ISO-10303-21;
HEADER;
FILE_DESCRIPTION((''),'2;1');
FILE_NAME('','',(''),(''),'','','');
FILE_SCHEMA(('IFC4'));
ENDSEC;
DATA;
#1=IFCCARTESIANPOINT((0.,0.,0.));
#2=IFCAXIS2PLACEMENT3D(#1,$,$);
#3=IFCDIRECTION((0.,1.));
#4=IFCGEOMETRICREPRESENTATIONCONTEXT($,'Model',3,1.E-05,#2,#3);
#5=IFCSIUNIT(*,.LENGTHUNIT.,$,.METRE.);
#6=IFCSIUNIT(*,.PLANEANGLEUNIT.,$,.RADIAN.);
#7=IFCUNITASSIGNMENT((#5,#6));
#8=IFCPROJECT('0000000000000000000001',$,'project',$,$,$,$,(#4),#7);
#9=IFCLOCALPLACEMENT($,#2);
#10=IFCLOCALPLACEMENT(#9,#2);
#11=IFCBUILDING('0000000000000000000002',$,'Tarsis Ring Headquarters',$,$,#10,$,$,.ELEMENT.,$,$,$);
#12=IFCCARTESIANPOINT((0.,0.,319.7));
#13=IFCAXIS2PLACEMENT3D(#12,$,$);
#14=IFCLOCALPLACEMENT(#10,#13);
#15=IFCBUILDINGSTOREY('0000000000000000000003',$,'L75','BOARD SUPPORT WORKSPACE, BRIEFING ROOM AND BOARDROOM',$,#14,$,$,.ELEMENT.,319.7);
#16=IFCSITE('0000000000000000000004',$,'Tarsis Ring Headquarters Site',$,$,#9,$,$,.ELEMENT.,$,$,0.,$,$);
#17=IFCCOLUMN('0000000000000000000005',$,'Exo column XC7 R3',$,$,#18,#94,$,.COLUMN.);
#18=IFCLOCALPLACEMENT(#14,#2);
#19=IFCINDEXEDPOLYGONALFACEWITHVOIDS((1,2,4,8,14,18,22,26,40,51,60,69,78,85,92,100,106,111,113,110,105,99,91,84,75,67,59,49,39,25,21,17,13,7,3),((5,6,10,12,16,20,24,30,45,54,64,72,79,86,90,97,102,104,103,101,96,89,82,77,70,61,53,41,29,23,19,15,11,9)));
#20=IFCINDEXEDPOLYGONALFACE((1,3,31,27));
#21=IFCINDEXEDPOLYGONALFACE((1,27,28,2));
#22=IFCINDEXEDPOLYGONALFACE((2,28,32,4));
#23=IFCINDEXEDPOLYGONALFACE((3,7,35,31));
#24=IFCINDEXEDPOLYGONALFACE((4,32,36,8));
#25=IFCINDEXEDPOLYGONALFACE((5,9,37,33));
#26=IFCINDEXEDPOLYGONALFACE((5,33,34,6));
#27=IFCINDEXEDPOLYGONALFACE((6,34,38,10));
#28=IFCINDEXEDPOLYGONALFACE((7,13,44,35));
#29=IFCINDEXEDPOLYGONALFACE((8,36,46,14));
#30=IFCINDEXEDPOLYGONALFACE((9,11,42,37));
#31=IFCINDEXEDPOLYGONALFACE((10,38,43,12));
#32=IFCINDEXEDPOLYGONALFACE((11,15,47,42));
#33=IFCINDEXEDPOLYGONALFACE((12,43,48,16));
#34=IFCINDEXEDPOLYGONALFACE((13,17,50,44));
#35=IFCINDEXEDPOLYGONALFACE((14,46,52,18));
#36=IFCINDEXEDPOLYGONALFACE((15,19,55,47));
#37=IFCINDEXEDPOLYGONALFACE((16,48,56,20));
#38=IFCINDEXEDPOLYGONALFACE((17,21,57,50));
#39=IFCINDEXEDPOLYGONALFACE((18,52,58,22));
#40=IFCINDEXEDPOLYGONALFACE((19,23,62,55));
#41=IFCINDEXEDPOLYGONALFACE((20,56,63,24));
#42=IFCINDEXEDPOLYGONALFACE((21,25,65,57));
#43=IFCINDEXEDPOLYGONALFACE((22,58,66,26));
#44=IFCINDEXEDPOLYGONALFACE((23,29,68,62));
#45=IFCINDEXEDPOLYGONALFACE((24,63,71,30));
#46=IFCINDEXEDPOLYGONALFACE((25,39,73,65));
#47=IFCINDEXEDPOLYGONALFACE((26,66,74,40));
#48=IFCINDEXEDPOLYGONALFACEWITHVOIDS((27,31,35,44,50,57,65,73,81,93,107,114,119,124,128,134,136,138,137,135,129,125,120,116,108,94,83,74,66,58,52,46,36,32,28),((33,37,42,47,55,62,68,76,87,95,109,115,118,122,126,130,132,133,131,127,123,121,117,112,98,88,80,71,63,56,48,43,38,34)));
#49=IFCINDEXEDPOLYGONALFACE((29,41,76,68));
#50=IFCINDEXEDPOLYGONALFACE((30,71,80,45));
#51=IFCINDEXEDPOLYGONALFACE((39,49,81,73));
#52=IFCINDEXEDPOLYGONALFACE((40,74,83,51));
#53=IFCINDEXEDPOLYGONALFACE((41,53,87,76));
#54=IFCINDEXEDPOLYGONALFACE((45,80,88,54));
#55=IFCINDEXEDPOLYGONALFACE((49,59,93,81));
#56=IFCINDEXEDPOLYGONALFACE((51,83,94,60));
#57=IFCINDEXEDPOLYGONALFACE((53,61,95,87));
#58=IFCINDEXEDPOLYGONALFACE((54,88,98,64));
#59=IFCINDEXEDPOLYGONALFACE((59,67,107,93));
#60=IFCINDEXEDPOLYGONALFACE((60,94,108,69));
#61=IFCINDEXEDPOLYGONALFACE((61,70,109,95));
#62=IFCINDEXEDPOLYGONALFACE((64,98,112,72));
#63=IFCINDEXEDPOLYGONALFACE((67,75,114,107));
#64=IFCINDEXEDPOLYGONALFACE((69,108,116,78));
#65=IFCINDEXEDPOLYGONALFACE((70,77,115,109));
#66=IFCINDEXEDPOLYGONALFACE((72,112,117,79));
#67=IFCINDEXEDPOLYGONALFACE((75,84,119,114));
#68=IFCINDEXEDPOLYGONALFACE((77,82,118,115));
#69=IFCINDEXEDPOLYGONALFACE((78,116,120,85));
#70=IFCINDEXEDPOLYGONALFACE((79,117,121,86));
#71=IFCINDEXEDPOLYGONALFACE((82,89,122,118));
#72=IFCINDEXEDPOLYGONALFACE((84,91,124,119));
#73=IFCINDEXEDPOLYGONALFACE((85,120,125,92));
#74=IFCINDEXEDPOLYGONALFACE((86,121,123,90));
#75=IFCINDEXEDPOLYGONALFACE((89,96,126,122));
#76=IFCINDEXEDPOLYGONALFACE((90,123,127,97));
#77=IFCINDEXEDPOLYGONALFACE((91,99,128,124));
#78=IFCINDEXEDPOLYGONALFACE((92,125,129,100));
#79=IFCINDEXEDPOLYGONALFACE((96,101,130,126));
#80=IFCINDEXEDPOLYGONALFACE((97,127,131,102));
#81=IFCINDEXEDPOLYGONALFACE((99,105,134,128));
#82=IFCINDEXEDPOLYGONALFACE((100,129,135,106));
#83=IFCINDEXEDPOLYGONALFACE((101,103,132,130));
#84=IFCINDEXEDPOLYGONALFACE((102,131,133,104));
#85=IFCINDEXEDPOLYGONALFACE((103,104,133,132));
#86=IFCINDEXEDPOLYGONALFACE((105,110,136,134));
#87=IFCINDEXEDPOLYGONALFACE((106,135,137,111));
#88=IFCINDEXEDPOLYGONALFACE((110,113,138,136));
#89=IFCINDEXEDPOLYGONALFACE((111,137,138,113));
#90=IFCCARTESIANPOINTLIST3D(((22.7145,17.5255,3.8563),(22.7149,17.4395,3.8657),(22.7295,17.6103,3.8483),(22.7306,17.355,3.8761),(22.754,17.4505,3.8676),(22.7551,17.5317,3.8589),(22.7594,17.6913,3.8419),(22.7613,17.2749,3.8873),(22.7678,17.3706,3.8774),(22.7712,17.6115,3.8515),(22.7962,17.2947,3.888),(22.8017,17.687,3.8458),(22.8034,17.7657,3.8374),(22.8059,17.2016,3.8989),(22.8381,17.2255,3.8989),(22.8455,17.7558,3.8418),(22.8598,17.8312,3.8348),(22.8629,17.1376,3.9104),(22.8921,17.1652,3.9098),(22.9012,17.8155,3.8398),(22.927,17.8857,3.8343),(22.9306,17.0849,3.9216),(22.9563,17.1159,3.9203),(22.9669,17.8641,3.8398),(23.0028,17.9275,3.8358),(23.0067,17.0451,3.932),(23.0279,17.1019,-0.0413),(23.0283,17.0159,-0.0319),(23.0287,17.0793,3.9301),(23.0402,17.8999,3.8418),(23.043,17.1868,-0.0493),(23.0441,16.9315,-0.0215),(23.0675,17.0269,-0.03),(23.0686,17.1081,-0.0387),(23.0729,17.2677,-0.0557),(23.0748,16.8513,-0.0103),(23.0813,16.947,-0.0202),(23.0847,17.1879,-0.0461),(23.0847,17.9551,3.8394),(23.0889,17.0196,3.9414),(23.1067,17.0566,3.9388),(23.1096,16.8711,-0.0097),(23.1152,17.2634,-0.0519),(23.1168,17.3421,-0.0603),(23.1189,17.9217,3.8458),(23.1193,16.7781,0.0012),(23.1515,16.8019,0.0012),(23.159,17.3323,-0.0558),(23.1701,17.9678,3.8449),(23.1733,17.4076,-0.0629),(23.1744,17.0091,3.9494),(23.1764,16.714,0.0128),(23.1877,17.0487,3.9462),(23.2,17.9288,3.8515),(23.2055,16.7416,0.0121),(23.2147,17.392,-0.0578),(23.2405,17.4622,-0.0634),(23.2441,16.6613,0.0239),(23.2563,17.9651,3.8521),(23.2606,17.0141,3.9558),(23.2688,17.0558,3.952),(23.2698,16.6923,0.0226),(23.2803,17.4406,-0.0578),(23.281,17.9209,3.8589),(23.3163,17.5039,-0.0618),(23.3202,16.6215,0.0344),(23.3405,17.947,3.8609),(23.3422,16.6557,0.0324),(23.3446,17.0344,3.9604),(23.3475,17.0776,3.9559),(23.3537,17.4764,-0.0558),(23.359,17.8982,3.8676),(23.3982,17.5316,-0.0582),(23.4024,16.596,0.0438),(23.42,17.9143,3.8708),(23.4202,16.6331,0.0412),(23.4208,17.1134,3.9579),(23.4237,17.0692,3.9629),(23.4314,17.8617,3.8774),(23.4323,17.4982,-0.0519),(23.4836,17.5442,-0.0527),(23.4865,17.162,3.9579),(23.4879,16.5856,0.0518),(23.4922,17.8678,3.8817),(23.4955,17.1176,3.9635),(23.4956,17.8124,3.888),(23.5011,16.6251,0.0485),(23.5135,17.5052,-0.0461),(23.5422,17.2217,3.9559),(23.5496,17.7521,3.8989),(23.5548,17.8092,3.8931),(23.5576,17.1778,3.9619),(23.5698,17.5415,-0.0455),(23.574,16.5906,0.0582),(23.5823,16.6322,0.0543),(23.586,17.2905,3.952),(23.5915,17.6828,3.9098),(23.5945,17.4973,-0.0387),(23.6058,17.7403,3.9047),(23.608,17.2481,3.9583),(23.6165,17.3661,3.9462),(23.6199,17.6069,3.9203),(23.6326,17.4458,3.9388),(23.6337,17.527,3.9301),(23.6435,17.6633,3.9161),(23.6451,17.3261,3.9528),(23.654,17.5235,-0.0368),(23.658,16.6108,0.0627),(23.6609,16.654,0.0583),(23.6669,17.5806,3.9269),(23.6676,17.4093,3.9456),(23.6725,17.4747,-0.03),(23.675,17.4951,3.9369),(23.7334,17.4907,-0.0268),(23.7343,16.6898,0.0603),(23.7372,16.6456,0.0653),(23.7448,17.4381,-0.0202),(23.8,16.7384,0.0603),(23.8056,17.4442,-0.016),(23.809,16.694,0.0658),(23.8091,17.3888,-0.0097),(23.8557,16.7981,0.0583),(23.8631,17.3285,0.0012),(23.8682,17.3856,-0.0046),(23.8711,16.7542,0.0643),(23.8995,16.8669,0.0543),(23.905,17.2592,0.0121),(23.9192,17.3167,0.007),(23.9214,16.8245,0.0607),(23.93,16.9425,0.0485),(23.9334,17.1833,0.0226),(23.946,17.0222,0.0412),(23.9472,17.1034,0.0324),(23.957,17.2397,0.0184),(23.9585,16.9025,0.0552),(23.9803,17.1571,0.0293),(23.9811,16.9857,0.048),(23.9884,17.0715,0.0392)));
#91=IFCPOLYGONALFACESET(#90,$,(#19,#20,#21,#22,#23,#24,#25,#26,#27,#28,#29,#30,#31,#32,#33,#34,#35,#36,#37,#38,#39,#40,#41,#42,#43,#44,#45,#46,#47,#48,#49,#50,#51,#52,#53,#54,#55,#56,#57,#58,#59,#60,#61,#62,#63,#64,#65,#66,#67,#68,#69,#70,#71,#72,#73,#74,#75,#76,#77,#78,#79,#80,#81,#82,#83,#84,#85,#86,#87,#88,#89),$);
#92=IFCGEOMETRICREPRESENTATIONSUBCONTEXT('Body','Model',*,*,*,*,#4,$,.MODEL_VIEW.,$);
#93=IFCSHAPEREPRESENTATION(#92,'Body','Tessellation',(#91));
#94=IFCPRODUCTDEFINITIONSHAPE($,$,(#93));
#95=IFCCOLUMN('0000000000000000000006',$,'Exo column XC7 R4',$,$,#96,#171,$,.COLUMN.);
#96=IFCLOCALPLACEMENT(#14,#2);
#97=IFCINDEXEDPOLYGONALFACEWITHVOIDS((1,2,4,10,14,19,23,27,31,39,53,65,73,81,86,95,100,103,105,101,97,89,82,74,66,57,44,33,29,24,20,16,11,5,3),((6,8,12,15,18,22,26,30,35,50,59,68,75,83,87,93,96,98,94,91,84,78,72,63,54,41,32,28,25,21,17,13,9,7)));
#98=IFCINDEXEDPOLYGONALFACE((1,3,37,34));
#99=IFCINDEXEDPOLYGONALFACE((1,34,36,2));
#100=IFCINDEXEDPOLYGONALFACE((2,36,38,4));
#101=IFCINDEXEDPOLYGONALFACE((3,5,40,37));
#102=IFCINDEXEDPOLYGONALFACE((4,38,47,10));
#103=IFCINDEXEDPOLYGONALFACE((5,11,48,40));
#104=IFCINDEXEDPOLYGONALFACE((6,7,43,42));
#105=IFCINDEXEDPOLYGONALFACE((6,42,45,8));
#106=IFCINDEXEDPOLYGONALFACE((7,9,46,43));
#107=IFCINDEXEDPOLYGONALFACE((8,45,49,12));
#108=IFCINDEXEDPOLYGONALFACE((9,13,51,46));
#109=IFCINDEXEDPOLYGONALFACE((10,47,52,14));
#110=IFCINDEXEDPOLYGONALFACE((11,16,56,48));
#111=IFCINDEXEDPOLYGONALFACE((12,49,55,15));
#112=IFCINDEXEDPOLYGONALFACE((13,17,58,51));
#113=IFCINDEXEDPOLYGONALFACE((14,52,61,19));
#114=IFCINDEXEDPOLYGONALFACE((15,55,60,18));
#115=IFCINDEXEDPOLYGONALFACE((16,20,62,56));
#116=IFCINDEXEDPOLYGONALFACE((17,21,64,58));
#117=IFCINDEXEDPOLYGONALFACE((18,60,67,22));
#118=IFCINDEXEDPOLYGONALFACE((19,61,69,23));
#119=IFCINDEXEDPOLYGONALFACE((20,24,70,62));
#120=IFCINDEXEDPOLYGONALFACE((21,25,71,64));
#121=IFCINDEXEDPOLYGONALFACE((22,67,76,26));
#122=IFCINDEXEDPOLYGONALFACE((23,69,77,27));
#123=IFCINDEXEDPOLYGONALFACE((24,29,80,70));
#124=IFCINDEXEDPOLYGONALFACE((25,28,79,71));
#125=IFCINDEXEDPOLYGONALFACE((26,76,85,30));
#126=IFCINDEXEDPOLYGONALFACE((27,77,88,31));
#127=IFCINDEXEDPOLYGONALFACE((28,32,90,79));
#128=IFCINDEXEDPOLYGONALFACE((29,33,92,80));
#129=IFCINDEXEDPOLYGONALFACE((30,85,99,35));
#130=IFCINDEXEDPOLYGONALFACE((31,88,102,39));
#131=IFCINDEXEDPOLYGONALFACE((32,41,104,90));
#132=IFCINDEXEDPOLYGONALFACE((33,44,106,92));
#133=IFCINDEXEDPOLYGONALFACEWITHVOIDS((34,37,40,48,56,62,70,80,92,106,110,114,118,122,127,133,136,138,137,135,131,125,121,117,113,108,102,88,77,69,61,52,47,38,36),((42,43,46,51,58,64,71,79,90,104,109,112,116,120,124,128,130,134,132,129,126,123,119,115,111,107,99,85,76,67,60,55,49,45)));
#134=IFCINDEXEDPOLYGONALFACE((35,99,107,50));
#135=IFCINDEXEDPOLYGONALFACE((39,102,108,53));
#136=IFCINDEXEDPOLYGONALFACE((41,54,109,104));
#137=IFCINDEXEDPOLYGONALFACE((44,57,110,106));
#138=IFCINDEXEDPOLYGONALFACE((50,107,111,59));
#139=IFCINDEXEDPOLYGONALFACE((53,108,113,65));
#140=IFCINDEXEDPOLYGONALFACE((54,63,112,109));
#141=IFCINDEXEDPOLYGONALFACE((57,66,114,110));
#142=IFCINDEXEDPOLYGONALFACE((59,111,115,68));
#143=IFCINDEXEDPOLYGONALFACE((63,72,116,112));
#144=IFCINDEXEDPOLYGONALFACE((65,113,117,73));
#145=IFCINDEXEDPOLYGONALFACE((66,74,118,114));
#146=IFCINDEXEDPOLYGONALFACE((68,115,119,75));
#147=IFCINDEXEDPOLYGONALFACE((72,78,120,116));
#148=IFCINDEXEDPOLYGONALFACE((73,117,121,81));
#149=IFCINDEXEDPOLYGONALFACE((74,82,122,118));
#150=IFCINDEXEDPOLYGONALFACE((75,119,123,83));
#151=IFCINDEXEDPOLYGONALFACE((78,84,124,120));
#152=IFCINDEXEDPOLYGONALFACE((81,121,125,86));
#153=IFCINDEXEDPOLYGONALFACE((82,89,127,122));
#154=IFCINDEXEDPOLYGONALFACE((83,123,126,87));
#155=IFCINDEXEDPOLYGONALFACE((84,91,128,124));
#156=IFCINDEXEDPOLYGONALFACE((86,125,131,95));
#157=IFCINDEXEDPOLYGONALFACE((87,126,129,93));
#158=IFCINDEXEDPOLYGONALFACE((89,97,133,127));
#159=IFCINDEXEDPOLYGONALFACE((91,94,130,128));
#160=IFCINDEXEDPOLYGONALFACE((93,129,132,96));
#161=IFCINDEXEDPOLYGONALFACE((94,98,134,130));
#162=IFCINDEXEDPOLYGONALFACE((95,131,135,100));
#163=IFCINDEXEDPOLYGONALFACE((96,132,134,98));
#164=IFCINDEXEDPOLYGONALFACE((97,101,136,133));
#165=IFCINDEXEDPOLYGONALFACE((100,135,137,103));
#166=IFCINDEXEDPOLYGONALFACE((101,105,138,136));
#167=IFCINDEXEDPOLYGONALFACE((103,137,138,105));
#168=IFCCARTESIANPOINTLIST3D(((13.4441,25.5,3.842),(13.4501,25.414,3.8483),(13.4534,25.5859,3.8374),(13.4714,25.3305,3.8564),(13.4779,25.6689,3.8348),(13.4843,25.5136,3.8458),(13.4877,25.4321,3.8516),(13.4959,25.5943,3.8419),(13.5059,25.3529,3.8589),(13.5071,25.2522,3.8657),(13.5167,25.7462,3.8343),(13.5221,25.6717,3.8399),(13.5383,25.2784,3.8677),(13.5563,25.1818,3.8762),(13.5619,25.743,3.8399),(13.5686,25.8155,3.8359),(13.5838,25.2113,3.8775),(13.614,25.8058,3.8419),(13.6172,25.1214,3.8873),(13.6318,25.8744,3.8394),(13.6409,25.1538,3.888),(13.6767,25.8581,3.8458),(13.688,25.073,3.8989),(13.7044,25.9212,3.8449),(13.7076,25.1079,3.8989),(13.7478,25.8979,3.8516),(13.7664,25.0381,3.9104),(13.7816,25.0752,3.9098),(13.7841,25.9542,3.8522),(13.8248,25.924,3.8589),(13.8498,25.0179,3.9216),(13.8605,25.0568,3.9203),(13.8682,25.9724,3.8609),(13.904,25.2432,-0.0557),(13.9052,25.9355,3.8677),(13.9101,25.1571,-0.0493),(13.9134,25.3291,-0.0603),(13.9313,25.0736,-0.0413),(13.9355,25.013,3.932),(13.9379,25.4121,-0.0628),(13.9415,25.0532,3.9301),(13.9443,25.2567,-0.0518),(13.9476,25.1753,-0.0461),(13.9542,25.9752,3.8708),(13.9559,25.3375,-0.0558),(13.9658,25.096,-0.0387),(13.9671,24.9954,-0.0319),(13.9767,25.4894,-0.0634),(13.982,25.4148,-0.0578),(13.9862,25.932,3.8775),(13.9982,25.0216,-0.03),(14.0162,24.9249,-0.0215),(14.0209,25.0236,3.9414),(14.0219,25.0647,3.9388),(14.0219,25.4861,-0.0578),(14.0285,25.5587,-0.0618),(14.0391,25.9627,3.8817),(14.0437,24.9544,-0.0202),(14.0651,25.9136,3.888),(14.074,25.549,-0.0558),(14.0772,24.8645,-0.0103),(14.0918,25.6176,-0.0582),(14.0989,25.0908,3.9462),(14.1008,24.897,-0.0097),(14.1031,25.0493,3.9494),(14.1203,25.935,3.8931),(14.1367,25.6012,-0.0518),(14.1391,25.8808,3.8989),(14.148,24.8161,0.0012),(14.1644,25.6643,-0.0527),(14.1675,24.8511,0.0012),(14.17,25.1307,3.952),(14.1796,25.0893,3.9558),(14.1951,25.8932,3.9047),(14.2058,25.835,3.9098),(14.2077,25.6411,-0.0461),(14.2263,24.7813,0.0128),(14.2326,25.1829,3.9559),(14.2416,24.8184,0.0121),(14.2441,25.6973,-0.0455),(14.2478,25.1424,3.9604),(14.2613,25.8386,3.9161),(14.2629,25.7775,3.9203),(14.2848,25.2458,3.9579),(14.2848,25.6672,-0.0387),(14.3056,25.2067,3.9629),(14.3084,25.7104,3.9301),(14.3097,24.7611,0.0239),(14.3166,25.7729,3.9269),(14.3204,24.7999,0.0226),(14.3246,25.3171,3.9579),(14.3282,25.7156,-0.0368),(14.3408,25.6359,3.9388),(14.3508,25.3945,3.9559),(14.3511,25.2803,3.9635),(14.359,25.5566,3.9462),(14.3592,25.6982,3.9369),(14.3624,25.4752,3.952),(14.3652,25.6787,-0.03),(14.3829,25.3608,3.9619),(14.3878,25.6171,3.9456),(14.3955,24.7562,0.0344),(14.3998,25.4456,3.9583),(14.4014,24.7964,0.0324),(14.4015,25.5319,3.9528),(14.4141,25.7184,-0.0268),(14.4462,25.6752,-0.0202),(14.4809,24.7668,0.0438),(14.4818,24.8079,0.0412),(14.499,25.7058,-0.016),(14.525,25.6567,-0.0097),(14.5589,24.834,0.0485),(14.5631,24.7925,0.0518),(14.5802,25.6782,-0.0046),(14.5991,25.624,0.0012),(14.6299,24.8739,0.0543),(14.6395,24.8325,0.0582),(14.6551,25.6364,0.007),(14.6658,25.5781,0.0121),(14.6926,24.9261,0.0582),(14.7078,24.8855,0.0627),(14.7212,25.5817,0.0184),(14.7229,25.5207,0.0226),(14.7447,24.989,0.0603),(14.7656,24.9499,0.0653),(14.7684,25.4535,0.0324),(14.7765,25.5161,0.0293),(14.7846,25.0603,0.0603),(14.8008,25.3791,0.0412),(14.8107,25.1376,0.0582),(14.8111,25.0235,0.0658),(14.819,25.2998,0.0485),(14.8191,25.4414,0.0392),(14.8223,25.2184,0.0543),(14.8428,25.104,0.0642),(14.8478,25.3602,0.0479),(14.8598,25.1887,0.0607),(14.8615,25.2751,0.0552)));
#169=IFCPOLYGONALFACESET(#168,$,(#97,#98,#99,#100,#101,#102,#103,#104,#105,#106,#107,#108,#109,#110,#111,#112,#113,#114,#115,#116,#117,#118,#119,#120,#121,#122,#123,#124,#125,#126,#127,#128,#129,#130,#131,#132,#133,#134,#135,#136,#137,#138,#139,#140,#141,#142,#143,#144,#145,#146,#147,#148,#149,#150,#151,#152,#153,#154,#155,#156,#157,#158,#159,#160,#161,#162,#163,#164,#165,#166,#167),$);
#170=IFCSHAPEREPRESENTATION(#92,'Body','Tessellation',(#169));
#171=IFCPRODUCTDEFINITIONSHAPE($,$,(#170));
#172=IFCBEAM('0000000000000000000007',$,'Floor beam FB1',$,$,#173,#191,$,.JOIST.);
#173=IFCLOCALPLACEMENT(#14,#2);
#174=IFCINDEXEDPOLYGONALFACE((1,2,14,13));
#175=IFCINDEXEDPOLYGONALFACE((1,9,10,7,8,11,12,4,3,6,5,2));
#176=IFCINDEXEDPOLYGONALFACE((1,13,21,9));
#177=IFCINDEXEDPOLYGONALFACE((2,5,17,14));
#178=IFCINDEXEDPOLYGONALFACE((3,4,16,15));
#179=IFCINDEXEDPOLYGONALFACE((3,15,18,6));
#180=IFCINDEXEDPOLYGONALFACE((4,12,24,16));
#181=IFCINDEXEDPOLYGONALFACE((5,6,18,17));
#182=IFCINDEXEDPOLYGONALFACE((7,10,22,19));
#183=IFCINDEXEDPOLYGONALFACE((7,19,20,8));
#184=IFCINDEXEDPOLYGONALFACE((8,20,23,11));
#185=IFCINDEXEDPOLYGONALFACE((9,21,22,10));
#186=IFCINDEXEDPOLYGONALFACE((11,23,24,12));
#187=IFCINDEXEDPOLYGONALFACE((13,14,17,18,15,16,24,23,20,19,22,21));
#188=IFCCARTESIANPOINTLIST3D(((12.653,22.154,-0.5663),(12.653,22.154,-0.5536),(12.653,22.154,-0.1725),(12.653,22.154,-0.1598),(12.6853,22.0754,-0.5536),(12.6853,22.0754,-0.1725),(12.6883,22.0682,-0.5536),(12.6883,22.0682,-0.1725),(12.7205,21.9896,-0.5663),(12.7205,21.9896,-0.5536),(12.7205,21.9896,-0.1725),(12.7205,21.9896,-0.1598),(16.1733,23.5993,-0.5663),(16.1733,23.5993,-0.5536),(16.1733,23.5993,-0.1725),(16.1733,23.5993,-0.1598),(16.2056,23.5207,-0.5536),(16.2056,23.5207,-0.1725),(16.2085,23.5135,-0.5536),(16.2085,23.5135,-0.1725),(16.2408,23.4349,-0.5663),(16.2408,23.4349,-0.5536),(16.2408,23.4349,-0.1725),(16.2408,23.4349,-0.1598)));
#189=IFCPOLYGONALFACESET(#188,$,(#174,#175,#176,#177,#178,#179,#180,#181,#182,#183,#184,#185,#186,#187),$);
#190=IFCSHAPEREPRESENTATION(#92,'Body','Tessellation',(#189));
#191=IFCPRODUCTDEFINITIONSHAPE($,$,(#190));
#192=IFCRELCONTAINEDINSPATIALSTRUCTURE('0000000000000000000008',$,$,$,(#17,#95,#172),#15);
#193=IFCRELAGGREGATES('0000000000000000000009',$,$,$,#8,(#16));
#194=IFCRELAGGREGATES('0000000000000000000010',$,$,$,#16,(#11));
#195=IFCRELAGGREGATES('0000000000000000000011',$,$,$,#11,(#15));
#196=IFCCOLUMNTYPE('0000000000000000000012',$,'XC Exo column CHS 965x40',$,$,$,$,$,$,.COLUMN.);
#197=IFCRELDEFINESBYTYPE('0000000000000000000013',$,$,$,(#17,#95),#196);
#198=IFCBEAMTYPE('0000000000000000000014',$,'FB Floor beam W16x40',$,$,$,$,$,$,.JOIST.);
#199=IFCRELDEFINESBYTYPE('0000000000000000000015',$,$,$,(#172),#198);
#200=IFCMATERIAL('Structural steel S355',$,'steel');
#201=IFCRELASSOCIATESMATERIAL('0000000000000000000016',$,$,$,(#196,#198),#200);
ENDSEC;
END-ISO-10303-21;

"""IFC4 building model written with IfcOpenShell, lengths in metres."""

from ifc_helpers import new_model, si_unit, direction, frame, origin, origin_2d, place, context, subcontext, project, spatial, hollow_circle, i_section, extrude, material, material_profile, profile_set, type_object, element, save


model = new_model("IFC4")

# Units and contexts
model_context = context("Model", 3, precision=1e-05, world=origin(), true_north=direction((0.0, 1.0)))
body_context = subcontext(model_context, "Body", "Model", "MODEL_VIEW")
ifc_project = project(units=[si_unit("LENGTHUNIT", "METRE"), si_unit("PLANEANGLEUNIT", "RADIAN")], contexts=[model_context])

# Site, building, storey
site_placement = place(None, origin())
site = spatial("IfcSite", under=ifc_project, at=site_placement, Name="Tarsis Ring Headquarters Site", CompositionType="ELEMENT", RefElevation=0.0)
building_placement = place(site_placement, origin())
building = spatial("IfcBuilding", under=site, at=building_placement, Name="Tarsis Ring Headquarters", CompositionType="ELEMENT")
storey_placement = place(building_placement, frame((0.0, 0.0, 319.7)))
storey = spatial("IfcBuildingStorey", under=building, at=storey_placement, Name="L75", Description="BOARD SUPPORT WORKSPACE, BRIEFING ROOM AND BOARDROOM", CompositionType="ELEMENT", Elevation=319.7)

# Columns
ifc_material_1 = material(Name="Structural steel S355", Category="steel")
ifc_material_profile_1 = material_profile(ifc_material_1, hollow_circle(Radius=0.4827, WallThickness=0.04, at=origin_2d()), Name="CHS 965x40")
ifc_profile_set_1 = profile_set([ifc_material_profile_1], Name="Structural steel S355")
column_type = type_object("IfcColumnType", Name="XC Exo column CHS 965x40", PredefinedType="COLUMN", material=ifc_profile_set_1)
for number, where, z_axis, x_axis, name in (
    (1, (23.5073, 17.0652, 0.0012), (-0.079701, 0.107695, 0.990984), (-0.80382, -0.594873, 0.0), "Exo column XC7 R3"),
    (2, (14.3833, 25.2375, 0.0012), (-0.116945, 0.0653, 0.990989), (-0.487531, -0.873106, 0.0), "Exo column XC7 R4"),
):
    element("IfcColumn", number, at=place(storey_placement, frame(where, z_axis=z_axis, x_axis=x_axis)), inside=storey, type_object=column_type, Name=name, PredefinedType="COLUMN", context=body_context, shape_type="SweptSolid", body=[
        extrude(hollow_circle(Radius=0.4827, WallThickness=0.04, at=origin_2d()), origin(), (0.0, 0.0, 1.0), 3.9331),
    ])

# Beam
ifc_material_profile_2 = material_profile(ifc_material_1, i_section(OverallWidth=0.1777, OverallDepth=0.4065, WebThickness=0.0078, FlangeThickness=0.0127, at=origin_2d()), Name="W16x40")
ifc_profile_set_2 = profile_set([ifc_material_profile_2], Name="Structural steel S355")
beam_type_1 = type_object("IfcBeamType", Name="FB Floor beam W16x40", PredefinedType="JOIST", material=ifc_profile_set_2)
beam_1_placement = place(storey_placement, frame((12.6868, 22.0718, -0.363), z_axis=(0.925067, 0.379804, 0.0), x_axis=(-0.379804, 0.925067, 0.0)))
element("IfcBeam", 3, at=beam_1_placement, inside=storey, type_object=beam_type_1, Name="Floor beam FB1", PredefinedType="JOIST", context=body_context, shape_type="SweptSolid", body=[
    extrude(i_section(OverallWidth=0.1777, OverallDepth=0.4065, WebThickness=0.0078, FlangeThickness=0.0127, at=origin_2d()), origin(), (0.0, 0.0, 1.0), 3.8054),
])

save(model, "model.ifc")
